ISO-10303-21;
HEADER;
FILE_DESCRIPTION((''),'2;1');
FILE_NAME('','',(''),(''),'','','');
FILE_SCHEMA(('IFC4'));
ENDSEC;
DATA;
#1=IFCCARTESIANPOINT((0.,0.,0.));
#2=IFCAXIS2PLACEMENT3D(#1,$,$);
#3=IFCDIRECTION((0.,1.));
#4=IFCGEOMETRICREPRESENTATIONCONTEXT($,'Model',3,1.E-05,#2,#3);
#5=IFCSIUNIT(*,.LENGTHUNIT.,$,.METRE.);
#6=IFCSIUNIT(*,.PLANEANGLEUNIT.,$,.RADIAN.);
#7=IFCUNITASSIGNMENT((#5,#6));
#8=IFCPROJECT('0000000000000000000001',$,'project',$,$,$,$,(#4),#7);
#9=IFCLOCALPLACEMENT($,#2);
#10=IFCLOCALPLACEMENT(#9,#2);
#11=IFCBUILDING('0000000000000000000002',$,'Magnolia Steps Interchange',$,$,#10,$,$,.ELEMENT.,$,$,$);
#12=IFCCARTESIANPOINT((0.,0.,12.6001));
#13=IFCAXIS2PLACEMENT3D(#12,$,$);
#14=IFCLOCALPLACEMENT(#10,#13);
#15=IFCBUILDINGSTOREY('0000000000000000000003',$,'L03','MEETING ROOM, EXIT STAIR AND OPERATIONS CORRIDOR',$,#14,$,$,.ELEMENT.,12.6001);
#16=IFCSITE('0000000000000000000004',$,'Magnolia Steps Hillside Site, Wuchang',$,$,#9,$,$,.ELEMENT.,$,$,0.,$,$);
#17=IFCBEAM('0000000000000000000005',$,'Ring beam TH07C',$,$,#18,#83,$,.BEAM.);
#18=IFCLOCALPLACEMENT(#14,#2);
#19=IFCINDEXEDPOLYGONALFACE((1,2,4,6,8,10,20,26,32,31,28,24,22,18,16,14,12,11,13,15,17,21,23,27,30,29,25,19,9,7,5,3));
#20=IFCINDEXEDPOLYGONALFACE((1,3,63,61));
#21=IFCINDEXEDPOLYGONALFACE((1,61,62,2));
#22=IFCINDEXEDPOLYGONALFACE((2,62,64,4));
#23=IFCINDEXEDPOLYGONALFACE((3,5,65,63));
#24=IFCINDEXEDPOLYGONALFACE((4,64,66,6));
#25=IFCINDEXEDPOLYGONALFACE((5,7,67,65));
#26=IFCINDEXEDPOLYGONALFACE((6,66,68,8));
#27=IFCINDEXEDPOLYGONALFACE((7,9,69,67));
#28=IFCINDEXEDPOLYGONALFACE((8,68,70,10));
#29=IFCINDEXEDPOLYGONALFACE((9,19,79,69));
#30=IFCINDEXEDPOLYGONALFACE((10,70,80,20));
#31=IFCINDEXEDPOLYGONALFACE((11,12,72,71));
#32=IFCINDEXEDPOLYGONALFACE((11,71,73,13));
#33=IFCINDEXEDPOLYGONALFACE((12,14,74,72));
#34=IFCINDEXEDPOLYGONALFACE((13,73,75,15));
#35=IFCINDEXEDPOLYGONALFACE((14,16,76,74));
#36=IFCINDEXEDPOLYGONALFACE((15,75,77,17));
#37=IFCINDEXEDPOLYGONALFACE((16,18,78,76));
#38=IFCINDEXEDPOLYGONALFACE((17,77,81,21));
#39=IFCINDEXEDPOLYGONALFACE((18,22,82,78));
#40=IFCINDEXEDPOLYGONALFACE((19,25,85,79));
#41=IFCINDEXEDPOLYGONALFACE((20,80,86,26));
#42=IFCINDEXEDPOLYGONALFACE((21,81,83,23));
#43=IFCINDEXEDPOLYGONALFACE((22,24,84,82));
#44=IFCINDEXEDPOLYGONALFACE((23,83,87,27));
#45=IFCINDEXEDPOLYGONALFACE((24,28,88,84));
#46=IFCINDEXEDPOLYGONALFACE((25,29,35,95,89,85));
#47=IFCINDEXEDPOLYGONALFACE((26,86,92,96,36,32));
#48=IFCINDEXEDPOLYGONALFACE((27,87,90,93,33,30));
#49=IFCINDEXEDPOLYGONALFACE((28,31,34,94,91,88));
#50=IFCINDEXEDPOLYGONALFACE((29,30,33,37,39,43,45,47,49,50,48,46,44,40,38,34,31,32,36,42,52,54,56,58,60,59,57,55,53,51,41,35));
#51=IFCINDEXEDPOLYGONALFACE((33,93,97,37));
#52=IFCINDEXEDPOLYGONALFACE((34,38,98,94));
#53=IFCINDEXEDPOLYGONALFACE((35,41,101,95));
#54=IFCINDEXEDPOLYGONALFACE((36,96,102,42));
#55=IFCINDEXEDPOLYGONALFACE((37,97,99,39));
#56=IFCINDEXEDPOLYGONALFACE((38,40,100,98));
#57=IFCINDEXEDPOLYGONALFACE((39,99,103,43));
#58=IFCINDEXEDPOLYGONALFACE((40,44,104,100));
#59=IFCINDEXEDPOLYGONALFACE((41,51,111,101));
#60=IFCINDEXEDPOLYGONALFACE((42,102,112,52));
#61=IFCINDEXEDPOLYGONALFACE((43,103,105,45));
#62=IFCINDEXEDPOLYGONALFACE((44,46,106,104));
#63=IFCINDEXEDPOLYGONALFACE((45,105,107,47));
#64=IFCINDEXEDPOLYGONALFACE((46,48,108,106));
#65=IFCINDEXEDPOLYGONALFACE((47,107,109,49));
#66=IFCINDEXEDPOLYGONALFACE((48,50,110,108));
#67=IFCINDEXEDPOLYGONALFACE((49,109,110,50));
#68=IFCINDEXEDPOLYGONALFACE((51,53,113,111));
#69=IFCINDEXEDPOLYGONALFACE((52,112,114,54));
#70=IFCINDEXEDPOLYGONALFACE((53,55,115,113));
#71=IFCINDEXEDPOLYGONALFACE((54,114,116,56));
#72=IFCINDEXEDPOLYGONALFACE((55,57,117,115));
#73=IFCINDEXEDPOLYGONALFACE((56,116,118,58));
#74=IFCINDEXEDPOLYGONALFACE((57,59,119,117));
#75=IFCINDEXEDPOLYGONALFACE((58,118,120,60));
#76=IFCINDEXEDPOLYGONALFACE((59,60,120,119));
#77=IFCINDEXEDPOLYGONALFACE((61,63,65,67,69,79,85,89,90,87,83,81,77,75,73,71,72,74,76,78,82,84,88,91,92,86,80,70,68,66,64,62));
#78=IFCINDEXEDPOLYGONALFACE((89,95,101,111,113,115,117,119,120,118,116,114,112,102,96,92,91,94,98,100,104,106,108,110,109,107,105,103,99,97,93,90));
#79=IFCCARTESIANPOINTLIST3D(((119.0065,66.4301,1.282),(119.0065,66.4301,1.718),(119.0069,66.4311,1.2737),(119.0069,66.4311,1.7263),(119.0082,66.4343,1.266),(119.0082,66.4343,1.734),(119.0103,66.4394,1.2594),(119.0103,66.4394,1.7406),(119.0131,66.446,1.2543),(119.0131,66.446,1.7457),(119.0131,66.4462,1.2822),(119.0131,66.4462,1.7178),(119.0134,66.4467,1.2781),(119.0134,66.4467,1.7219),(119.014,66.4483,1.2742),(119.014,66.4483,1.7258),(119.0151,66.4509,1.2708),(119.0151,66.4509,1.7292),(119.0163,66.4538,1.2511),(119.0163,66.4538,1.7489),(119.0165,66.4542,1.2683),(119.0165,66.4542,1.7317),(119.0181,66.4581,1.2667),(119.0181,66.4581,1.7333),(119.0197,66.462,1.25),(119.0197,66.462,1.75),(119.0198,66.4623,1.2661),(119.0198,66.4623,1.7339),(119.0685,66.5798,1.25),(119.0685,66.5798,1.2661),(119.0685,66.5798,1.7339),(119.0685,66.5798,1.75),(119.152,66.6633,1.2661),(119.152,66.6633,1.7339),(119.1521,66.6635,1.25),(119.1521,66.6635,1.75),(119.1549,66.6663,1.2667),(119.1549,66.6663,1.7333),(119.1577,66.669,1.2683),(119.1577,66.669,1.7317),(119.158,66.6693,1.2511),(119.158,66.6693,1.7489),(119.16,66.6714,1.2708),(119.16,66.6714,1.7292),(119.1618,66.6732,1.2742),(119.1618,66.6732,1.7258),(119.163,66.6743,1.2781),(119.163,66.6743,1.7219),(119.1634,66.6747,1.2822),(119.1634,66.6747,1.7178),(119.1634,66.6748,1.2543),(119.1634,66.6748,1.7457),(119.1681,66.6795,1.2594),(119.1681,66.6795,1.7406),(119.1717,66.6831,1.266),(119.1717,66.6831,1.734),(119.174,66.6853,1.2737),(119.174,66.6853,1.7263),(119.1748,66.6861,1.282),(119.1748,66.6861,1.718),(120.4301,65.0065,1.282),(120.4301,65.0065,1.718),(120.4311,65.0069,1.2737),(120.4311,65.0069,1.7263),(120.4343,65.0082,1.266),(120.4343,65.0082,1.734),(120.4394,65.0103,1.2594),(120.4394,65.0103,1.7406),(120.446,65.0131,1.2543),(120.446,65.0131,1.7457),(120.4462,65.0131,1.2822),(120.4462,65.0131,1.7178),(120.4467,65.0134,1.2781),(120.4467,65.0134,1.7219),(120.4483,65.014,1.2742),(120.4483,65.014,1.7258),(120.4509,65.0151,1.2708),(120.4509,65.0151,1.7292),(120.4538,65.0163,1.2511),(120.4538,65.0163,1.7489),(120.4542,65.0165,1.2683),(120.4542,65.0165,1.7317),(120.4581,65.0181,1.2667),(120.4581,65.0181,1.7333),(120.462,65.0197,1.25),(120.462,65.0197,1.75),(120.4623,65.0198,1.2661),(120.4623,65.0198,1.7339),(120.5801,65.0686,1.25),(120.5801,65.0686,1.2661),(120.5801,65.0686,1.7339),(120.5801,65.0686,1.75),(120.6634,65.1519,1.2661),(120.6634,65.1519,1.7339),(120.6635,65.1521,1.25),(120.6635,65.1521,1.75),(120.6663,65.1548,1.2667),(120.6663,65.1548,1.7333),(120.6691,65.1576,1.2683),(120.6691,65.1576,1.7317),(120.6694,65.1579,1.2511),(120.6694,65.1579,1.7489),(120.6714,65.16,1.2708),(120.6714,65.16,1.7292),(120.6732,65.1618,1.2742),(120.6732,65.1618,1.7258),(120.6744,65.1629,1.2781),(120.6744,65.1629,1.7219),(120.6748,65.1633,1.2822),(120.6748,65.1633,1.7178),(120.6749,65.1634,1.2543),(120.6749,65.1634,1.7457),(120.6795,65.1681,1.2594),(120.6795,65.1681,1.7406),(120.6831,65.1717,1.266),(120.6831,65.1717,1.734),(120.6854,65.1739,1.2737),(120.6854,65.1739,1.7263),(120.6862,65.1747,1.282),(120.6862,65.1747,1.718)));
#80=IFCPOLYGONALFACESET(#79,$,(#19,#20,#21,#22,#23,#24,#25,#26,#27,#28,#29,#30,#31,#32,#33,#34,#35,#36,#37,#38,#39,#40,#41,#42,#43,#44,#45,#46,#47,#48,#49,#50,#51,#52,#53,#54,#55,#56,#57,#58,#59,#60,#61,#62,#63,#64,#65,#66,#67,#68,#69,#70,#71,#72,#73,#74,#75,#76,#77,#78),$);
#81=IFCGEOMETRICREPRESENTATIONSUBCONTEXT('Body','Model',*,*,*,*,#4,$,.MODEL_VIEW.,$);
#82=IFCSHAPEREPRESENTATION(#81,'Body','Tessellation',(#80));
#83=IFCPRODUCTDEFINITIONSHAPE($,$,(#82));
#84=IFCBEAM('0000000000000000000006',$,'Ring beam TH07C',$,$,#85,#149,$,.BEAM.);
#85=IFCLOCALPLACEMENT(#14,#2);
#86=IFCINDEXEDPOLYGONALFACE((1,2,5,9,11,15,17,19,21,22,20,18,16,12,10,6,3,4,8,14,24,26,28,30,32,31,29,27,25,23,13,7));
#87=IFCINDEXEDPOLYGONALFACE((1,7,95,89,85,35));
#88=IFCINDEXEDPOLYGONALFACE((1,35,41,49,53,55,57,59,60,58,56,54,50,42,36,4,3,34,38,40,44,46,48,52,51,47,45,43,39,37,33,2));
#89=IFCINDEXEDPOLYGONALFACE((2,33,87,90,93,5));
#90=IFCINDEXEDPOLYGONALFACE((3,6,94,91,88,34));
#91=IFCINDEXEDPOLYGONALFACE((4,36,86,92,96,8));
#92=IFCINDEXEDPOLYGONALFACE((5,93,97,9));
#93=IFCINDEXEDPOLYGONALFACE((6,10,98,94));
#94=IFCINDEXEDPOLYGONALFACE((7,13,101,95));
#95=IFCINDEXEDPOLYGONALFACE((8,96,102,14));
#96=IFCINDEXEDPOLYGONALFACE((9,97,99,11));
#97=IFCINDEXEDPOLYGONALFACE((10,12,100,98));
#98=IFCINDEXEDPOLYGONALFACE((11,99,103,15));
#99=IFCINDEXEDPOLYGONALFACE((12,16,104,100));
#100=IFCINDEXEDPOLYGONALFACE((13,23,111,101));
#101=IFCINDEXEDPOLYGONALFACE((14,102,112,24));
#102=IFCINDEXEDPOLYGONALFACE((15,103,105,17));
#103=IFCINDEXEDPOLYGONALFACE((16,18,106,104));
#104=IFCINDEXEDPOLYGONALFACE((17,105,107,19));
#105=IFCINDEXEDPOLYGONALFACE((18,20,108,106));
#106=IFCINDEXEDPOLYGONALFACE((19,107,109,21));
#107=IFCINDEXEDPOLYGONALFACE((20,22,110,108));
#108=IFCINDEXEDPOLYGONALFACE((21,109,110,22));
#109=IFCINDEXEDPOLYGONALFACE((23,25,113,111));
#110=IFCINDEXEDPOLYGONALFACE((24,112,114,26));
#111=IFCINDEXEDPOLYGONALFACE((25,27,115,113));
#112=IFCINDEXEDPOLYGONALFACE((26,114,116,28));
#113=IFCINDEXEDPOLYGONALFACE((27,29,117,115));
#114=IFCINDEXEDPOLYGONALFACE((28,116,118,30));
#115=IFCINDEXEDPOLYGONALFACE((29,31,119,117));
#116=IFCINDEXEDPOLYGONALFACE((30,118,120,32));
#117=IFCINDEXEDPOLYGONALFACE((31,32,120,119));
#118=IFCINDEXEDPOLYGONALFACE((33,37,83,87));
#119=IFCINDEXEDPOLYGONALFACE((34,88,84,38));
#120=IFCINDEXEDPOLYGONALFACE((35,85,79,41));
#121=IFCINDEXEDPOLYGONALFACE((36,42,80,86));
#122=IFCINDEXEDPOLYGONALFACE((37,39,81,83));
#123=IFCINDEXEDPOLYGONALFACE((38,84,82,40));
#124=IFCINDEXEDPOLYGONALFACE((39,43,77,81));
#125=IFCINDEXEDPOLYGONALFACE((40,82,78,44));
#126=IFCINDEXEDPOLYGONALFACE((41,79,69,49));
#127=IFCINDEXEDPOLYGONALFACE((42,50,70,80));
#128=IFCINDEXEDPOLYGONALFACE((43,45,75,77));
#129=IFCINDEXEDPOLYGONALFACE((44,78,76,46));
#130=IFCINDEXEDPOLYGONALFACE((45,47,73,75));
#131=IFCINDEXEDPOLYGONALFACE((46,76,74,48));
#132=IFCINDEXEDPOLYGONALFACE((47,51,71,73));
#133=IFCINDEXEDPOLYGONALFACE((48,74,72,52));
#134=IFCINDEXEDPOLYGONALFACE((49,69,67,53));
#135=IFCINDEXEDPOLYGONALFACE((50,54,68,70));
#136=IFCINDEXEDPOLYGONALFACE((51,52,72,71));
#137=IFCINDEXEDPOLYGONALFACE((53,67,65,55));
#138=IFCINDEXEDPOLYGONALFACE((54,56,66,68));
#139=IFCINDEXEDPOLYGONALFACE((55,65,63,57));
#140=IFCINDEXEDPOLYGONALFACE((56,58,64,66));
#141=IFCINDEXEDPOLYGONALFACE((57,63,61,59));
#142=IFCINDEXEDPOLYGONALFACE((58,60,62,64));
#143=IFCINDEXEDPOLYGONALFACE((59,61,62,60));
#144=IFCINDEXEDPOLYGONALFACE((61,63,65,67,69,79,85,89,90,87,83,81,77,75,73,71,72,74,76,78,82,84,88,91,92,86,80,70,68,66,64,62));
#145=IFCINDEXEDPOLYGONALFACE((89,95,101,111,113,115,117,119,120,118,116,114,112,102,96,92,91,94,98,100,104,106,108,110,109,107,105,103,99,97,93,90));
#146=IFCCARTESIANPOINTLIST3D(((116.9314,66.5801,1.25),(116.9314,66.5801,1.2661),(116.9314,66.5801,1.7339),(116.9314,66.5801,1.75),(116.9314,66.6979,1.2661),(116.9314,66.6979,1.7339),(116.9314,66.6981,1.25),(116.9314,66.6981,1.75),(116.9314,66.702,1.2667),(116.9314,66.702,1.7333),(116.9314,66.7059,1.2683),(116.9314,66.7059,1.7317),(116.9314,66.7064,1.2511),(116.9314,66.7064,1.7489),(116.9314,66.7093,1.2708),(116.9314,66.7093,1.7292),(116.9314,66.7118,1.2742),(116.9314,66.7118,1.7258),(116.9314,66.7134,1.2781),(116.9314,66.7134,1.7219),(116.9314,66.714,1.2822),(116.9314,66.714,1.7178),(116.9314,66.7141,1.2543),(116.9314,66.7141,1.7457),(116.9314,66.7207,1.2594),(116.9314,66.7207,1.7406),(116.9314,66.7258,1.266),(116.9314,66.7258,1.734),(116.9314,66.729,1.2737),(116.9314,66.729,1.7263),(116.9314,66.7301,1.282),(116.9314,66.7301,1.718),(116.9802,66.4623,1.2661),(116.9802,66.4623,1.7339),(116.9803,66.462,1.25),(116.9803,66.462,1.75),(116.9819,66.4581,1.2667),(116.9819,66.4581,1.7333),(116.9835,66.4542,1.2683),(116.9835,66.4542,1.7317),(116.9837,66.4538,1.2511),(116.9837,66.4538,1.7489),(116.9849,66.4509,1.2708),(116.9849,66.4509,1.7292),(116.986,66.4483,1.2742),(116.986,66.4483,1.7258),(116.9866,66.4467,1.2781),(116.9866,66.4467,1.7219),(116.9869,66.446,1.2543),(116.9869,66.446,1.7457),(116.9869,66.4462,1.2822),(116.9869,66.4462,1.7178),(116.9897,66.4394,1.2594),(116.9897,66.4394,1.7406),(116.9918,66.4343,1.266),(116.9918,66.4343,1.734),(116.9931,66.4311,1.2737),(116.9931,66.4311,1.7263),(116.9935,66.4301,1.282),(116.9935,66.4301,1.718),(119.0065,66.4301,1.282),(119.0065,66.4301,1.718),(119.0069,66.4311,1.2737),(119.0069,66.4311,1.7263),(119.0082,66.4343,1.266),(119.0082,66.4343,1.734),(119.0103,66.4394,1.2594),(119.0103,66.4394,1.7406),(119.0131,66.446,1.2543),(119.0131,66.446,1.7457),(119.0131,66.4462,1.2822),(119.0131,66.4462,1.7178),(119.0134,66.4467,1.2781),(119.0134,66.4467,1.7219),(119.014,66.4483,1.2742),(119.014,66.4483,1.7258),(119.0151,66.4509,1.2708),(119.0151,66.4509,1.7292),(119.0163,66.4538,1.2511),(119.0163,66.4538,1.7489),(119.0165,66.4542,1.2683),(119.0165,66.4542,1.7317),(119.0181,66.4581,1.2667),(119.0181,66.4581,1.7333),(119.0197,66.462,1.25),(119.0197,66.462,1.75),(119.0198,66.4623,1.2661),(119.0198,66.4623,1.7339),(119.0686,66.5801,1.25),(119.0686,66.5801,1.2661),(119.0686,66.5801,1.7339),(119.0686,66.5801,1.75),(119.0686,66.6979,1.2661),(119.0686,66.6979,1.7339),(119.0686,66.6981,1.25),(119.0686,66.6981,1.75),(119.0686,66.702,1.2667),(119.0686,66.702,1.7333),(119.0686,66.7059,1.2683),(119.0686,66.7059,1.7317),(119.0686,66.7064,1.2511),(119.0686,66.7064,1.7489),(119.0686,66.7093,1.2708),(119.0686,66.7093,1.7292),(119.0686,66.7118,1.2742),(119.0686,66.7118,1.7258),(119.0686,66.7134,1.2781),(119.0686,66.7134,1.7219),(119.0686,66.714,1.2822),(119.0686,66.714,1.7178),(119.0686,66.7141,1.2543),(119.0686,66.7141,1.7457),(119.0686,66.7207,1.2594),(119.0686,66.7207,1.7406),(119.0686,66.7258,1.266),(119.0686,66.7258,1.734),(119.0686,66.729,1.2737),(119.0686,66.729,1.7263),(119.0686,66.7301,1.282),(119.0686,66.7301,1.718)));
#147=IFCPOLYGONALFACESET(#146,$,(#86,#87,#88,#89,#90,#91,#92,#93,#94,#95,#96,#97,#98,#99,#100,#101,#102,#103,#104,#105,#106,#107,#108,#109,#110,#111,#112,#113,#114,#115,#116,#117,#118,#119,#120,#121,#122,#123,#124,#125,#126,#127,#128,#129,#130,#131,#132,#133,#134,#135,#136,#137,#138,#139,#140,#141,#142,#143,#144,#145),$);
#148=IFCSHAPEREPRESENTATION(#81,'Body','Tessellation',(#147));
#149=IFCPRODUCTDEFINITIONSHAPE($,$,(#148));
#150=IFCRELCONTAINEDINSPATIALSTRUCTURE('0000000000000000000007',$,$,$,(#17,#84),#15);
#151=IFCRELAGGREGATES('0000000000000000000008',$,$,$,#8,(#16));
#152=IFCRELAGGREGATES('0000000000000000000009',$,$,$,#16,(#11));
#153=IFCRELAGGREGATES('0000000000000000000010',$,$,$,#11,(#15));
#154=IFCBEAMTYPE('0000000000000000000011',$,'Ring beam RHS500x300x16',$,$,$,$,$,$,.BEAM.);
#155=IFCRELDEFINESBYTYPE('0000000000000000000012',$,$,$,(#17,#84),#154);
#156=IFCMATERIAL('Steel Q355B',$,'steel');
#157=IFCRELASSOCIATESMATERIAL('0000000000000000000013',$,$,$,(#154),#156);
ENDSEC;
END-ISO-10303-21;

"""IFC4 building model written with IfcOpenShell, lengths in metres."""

from ifc_helpers import new_model, si_unit, direction, frame, origin, origin_2d, place, context, subcontext, project, spatial, hollow_rectangle, extrude, clip, halfspace, material, material_profile, profile_set, type_object, element, save


model = new_model("IFC4")

# Units and contexts
model_context = context("Model", 3, precision=1e-05, world=origin(), true_north=direction((0.0, 1.0)))
body_context = subcontext(model_context, "Body", "Model", "MODEL_VIEW")
ifc_project = project(units=[si_unit("LENGTHUNIT", "METRE"), si_unit("PLANEANGLEUNIT", "RADIAN")], contexts=[model_context])

# Site, building, storey
site_placement = place(None, origin())
site = spatial("IfcSite", under=ifc_project, at=site_placement, Name="Magnolia Steps Hillside Site, Wuchang", CompositionType="ELEMENT", RefElevation=0.0)
building_placement = place(site_placement, origin())
building = spatial("IfcBuilding", under=site, at=building_placement, Name="Magnolia Steps Interchange", CompositionType="ELEMENT")
storey_placement = place(building_placement, frame((0.0, 0.0, 12.6001)))
storey = spatial("IfcBuildingStorey", under=building, at=storey_placement, Name="L03", Description="MEETING ROOM, EXIT STAIR AND OPERATIONS CORRIDOR", CompositionType="ELEMENT", Elevation=12.6001)

# Beams
ifc_material_1 = material(Name="Steel Q355B", Category="steel")
ifc_material_profile_1 = material_profile(ifc_material_1, hollow_rectangle(XDim=0.3, YDim=0.5, WallThickness=0.0161, InnerFilletRadius=0.0161, OuterFilletRadius=0.032, at=origin_2d()), Name="RHS500x300x16")
ifc_profile_set_1 = profile_set([ifc_material_profile_1], Name="Steel Q355B")
beam_type_1 = type_object("IfcBeamType", Name="Ring beam RHS500x300x16", PredefinedType="BEAM", material=ifc_profile_set_1)
beam_1_placement = place(storey_placement, frame((120.5801, 65.0686, 1.5), z_axis=(-0.707107, 0.707107, 0.0), x_axis=(-0.707107, -0.707107, 0.0)))
element("IfcBeam", 1, at=beam_1_placement, inside=storey, type_object=beam_type_1, Name="Ring beam TH07C", PredefinedType="BEAM", context=body_context, shape_type="Clipping", body=[
    clip(clip(extrude(hollow_rectangle(XDim=0.3, YDim=0.5, WallThickness=0.0161, InnerFilletRadius=0.0161, OuterFilletRadius=0.032, at=origin_2d()), origin(), (0.0, 0.0, 1.0), 2.1375), halfspace(frame((0.0, 0.0, 0.0), z_axis=(0.382683, 0.0, -0.92388), x_axis=(0.92388, 0.0, 0.382683)), False)), halfspace(frame((0.0, 0.0, 2.1375), z_axis=(0.382683, 0.0, 0.92388), x_axis=(0.92388, 0.0, -0.382683)), False)),
])
beam_2_placement = place(storey_placement, frame((119.0686, 66.5801, 1.5), z_axis=(-1.0, 0.0, 0.0), x_axis=(0.0, -1.0, 0.0)))
element("IfcBeam", 2, at=beam_2_placement, inside=storey, type_object=beam_type_1, Name="Ring beam TH07C", PredefinedType="BEAM", context=body_context, shape_type="Clipping", body=[
    clip(clip(extrude(hollow_rectangle(XDim=0.3, YDim=0.5, WallThickness=0.0161, InnerFilletRadius=0.0161, OuterFilletRadius=0.032, at=origin_2d()), origin(), (0.0, 0.0, 1.0), 2.1372), halfspace(frame((0.0, 0.0, 0.0), z_axis=(0.382683, 0.0, -0.92388), x_axis=(0.92388, 0.0, 0.382683)), False)), halfspace(frame((0.0, 0.0, 2.1372), z_axis=(0.382683, 0.0, 0.92388), x_axis=(0.92388, 0.0, -0.382683)), False)),
])

save(model, "model.ifc")
